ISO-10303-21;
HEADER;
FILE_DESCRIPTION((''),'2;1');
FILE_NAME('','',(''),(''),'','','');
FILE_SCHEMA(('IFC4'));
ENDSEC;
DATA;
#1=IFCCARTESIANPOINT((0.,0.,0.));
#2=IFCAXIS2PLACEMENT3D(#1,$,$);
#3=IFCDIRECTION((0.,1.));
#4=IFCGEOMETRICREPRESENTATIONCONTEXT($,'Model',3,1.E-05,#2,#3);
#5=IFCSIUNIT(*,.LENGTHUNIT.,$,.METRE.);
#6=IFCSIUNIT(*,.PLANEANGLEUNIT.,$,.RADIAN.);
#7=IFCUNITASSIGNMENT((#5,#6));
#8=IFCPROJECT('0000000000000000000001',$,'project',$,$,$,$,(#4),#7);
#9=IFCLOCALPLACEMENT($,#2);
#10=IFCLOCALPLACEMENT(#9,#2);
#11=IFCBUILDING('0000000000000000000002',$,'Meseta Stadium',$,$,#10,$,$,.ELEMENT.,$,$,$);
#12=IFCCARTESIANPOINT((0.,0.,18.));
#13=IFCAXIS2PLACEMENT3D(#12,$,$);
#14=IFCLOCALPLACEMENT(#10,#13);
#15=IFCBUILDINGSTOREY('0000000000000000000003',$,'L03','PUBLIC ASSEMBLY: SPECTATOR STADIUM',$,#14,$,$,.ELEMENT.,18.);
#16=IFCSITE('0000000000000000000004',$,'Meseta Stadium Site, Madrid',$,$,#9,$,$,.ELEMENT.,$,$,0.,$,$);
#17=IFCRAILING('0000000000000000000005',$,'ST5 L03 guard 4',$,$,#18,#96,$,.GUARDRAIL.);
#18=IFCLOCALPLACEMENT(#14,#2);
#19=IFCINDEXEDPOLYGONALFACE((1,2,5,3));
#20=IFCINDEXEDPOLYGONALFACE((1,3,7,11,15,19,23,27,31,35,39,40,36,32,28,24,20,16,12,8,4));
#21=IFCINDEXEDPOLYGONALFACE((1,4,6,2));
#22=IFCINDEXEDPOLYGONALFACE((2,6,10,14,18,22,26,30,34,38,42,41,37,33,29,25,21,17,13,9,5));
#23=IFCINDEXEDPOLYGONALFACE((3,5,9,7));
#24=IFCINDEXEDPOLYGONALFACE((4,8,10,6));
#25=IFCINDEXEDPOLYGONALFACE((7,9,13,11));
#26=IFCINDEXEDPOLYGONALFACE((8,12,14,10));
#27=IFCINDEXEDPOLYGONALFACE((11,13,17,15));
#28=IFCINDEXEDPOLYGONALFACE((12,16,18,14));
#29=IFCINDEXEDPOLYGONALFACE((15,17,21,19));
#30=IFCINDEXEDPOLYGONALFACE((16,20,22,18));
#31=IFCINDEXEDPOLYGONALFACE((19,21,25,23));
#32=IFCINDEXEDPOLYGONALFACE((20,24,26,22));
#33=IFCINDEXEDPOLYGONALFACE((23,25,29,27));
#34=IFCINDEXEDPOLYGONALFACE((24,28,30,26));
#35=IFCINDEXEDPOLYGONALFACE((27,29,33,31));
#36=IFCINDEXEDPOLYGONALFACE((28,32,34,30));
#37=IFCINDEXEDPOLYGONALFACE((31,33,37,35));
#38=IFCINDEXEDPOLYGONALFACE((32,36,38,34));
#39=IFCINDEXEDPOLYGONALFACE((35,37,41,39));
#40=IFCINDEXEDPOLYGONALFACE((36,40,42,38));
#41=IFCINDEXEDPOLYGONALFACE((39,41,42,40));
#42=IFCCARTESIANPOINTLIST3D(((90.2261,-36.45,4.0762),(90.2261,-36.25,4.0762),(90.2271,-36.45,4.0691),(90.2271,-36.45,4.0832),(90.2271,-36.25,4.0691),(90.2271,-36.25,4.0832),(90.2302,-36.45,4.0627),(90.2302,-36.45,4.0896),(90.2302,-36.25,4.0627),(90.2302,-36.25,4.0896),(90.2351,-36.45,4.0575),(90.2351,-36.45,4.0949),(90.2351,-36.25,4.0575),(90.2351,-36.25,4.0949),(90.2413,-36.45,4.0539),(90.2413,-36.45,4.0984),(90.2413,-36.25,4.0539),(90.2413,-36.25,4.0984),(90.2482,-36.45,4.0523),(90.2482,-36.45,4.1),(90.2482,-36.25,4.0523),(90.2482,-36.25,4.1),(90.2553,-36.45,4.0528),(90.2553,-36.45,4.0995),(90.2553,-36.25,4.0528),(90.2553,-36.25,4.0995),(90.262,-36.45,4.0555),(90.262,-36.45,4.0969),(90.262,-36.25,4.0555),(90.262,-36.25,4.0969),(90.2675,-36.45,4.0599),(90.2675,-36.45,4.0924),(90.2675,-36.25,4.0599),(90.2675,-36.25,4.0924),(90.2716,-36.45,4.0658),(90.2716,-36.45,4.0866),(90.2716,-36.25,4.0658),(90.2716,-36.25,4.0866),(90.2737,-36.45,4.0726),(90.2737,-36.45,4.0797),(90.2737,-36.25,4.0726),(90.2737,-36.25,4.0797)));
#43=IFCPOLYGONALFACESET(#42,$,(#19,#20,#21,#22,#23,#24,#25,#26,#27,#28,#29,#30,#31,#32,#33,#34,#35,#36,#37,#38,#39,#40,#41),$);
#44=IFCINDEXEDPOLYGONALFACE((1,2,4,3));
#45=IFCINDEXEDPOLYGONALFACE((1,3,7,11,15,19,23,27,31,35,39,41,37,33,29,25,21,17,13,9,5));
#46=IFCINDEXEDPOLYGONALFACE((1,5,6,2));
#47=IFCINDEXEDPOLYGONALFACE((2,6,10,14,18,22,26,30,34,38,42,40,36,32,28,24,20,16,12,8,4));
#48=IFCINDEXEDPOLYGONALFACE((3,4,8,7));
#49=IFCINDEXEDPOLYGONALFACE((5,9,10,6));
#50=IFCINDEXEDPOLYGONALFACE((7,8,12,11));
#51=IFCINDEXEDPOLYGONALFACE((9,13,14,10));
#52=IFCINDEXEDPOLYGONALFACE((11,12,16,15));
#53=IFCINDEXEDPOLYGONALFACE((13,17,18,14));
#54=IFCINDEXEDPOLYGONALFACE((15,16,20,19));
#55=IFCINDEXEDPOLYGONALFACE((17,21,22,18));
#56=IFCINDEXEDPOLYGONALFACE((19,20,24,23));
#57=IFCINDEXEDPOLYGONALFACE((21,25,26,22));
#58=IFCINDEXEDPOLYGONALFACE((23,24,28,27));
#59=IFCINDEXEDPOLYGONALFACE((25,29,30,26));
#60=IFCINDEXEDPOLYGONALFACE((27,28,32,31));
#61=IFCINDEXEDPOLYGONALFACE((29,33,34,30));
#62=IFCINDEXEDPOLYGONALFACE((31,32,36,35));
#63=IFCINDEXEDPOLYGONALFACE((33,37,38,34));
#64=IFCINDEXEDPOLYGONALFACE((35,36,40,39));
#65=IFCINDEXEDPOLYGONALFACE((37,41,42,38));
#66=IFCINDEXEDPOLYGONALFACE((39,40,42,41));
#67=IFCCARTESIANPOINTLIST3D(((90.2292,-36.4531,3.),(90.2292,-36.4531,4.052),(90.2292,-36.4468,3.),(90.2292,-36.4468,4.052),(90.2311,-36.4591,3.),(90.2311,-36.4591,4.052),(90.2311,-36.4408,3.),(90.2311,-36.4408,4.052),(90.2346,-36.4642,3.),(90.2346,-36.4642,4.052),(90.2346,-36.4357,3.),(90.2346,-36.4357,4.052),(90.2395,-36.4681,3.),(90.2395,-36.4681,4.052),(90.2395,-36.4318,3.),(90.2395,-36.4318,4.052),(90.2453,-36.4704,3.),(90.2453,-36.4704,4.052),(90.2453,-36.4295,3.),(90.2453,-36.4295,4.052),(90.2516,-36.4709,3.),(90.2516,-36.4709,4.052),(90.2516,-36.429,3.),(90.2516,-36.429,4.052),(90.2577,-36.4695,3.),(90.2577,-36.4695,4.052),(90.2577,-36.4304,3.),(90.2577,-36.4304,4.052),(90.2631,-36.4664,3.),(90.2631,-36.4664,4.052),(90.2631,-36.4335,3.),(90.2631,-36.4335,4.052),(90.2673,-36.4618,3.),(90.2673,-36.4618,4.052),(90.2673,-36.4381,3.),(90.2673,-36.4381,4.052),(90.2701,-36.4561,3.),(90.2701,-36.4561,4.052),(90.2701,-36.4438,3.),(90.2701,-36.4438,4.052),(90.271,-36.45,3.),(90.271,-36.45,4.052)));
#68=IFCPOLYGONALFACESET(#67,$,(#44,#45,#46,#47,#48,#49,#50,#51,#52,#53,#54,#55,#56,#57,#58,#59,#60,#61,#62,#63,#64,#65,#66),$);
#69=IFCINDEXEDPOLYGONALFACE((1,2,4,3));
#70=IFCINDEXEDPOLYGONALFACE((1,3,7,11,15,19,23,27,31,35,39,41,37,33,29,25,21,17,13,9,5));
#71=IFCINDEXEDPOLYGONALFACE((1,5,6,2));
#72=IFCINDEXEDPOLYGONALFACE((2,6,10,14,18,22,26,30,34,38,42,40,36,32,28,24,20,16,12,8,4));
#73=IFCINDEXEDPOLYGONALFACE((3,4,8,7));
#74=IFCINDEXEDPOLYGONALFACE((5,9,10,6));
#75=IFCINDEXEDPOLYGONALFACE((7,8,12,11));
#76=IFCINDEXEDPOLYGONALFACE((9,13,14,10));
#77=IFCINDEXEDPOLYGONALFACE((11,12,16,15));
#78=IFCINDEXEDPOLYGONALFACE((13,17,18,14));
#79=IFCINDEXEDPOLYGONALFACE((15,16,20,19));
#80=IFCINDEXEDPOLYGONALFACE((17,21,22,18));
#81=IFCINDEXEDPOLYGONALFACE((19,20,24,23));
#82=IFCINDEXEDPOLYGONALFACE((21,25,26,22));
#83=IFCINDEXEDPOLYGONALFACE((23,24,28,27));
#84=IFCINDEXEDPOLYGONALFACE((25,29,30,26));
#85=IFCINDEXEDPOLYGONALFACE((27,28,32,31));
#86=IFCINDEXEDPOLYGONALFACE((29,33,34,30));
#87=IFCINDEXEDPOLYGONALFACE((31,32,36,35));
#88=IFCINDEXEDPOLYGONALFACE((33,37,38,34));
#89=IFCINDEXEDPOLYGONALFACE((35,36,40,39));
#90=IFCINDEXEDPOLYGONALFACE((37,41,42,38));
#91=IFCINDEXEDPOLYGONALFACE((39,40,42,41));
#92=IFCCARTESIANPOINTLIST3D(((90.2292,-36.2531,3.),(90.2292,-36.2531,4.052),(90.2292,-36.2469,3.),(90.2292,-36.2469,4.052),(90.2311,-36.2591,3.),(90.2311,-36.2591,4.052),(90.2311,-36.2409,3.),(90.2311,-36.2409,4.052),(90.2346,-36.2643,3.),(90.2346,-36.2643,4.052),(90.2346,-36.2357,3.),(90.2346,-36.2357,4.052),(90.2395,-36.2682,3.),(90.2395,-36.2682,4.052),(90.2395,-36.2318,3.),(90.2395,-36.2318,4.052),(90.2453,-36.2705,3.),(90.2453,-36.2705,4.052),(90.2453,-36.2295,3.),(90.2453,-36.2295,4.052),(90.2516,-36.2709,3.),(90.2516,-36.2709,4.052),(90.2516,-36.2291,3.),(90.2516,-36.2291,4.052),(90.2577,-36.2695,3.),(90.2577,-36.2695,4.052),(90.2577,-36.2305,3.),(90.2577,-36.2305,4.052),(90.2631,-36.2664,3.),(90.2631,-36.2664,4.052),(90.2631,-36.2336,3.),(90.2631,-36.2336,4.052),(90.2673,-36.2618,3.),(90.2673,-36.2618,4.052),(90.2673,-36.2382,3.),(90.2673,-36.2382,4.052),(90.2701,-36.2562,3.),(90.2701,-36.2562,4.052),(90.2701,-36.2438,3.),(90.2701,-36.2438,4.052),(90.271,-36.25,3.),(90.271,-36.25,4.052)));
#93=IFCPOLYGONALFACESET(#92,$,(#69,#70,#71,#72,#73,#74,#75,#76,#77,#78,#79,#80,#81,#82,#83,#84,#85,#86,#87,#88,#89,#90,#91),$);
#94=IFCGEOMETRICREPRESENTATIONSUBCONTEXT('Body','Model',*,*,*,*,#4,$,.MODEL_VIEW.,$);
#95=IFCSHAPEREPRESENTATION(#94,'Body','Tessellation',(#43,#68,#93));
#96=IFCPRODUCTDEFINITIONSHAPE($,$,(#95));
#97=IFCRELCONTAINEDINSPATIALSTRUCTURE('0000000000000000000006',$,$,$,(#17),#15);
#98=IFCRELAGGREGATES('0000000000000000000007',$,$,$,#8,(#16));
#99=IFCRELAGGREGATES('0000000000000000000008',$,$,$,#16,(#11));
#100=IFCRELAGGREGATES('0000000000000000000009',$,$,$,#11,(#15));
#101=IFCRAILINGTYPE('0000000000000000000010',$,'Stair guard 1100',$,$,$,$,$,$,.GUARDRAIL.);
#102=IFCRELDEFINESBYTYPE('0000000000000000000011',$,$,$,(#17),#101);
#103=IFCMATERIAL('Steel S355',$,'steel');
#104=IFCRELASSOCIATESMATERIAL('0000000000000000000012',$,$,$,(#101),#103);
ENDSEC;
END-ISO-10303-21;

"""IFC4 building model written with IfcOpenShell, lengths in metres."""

from ifc_helpers import new_model, si_unit, direction, frame, origin, origin_2d, place, context, subcontext, project, spatial, circle, extrude, material, type_object, element, save


model = new_model("IFC4")

# Units and contexts
model_context = context("Model", 3, precision=1e-05, world=origin(), true_north=direction((0.0, 1.0)))
body_context = subcontext(model_context, "Body", "Model", "MODEL_VIEW")
ifc_project = project(units=[si_unit("LENGTHUNIT", "METRE"), si_unit("PLANEANGLEUNIT", "RADIAN")], contexts=[model_context])

# Site, building, storey
site_placement = place(None, origin())
site = spatial("IfcSite", under=ifc_project, at=site_placement, Name="Meseta Stadium Site, Madrid", CompositionType="ELEMENT", RefElevation=0.0)
building_placement = place(site_placement, origin())
building = spatial("IfcBuilding", under=site, at=building_placement, Name="Meseta Stadium", CompositionType="ELEMENT")
storey_placement = place(building_placement, frame((0.0, 0.0, 18.0)))
storey = spatial("IfcBuildingStorey", under=building, at=storey_placement, Name="L03", Description="PUBLIC ASSEMBLY: SPECTATOR STADIUM", CompositionType="ELEMENT", Elevation=18.0)

# Railing
ifc_material_1 = material(Name="Steel S355", Category="steel")
railing_type_1 = type_object("IfcRailingType", Name="Stair guard 1100", PredefinedType="GUARDRAIL", material=ifc_material_1)
railing_1_placement = place(storey_placement, frame((90.25, -36.45, 3.0)))
element("IfcRailing", 1, at=railing_1_placement, inside=storey, type_object=railing_type_1, Name="ST5 L03 guard 4", PredefinedType="GUARDRAIL", context=body_context, shape_type="SweptSolid", body=[
    extrude(circle(Radius=0.0239, at=origin_2d()), frame((0.0, 0.0, 1.0762), z_axis=(0.0, 1.0, 0.0), x_axis=(-1.0, 0.0, 0.0)), (0.0, 0.0, 1.0), 0.2),
    extrude(circle(Radius=0.021, at=origin_2d()), origin(), (0.0, 0.0, 1.0), 1.052),
    extrude(circle(Radius=0.021, at=origin_2d()), frame((0.0, 0.2, 0.0)), (0.0, 0.0, 1.0), 1.052),
])

save(model, "model.ifc")
